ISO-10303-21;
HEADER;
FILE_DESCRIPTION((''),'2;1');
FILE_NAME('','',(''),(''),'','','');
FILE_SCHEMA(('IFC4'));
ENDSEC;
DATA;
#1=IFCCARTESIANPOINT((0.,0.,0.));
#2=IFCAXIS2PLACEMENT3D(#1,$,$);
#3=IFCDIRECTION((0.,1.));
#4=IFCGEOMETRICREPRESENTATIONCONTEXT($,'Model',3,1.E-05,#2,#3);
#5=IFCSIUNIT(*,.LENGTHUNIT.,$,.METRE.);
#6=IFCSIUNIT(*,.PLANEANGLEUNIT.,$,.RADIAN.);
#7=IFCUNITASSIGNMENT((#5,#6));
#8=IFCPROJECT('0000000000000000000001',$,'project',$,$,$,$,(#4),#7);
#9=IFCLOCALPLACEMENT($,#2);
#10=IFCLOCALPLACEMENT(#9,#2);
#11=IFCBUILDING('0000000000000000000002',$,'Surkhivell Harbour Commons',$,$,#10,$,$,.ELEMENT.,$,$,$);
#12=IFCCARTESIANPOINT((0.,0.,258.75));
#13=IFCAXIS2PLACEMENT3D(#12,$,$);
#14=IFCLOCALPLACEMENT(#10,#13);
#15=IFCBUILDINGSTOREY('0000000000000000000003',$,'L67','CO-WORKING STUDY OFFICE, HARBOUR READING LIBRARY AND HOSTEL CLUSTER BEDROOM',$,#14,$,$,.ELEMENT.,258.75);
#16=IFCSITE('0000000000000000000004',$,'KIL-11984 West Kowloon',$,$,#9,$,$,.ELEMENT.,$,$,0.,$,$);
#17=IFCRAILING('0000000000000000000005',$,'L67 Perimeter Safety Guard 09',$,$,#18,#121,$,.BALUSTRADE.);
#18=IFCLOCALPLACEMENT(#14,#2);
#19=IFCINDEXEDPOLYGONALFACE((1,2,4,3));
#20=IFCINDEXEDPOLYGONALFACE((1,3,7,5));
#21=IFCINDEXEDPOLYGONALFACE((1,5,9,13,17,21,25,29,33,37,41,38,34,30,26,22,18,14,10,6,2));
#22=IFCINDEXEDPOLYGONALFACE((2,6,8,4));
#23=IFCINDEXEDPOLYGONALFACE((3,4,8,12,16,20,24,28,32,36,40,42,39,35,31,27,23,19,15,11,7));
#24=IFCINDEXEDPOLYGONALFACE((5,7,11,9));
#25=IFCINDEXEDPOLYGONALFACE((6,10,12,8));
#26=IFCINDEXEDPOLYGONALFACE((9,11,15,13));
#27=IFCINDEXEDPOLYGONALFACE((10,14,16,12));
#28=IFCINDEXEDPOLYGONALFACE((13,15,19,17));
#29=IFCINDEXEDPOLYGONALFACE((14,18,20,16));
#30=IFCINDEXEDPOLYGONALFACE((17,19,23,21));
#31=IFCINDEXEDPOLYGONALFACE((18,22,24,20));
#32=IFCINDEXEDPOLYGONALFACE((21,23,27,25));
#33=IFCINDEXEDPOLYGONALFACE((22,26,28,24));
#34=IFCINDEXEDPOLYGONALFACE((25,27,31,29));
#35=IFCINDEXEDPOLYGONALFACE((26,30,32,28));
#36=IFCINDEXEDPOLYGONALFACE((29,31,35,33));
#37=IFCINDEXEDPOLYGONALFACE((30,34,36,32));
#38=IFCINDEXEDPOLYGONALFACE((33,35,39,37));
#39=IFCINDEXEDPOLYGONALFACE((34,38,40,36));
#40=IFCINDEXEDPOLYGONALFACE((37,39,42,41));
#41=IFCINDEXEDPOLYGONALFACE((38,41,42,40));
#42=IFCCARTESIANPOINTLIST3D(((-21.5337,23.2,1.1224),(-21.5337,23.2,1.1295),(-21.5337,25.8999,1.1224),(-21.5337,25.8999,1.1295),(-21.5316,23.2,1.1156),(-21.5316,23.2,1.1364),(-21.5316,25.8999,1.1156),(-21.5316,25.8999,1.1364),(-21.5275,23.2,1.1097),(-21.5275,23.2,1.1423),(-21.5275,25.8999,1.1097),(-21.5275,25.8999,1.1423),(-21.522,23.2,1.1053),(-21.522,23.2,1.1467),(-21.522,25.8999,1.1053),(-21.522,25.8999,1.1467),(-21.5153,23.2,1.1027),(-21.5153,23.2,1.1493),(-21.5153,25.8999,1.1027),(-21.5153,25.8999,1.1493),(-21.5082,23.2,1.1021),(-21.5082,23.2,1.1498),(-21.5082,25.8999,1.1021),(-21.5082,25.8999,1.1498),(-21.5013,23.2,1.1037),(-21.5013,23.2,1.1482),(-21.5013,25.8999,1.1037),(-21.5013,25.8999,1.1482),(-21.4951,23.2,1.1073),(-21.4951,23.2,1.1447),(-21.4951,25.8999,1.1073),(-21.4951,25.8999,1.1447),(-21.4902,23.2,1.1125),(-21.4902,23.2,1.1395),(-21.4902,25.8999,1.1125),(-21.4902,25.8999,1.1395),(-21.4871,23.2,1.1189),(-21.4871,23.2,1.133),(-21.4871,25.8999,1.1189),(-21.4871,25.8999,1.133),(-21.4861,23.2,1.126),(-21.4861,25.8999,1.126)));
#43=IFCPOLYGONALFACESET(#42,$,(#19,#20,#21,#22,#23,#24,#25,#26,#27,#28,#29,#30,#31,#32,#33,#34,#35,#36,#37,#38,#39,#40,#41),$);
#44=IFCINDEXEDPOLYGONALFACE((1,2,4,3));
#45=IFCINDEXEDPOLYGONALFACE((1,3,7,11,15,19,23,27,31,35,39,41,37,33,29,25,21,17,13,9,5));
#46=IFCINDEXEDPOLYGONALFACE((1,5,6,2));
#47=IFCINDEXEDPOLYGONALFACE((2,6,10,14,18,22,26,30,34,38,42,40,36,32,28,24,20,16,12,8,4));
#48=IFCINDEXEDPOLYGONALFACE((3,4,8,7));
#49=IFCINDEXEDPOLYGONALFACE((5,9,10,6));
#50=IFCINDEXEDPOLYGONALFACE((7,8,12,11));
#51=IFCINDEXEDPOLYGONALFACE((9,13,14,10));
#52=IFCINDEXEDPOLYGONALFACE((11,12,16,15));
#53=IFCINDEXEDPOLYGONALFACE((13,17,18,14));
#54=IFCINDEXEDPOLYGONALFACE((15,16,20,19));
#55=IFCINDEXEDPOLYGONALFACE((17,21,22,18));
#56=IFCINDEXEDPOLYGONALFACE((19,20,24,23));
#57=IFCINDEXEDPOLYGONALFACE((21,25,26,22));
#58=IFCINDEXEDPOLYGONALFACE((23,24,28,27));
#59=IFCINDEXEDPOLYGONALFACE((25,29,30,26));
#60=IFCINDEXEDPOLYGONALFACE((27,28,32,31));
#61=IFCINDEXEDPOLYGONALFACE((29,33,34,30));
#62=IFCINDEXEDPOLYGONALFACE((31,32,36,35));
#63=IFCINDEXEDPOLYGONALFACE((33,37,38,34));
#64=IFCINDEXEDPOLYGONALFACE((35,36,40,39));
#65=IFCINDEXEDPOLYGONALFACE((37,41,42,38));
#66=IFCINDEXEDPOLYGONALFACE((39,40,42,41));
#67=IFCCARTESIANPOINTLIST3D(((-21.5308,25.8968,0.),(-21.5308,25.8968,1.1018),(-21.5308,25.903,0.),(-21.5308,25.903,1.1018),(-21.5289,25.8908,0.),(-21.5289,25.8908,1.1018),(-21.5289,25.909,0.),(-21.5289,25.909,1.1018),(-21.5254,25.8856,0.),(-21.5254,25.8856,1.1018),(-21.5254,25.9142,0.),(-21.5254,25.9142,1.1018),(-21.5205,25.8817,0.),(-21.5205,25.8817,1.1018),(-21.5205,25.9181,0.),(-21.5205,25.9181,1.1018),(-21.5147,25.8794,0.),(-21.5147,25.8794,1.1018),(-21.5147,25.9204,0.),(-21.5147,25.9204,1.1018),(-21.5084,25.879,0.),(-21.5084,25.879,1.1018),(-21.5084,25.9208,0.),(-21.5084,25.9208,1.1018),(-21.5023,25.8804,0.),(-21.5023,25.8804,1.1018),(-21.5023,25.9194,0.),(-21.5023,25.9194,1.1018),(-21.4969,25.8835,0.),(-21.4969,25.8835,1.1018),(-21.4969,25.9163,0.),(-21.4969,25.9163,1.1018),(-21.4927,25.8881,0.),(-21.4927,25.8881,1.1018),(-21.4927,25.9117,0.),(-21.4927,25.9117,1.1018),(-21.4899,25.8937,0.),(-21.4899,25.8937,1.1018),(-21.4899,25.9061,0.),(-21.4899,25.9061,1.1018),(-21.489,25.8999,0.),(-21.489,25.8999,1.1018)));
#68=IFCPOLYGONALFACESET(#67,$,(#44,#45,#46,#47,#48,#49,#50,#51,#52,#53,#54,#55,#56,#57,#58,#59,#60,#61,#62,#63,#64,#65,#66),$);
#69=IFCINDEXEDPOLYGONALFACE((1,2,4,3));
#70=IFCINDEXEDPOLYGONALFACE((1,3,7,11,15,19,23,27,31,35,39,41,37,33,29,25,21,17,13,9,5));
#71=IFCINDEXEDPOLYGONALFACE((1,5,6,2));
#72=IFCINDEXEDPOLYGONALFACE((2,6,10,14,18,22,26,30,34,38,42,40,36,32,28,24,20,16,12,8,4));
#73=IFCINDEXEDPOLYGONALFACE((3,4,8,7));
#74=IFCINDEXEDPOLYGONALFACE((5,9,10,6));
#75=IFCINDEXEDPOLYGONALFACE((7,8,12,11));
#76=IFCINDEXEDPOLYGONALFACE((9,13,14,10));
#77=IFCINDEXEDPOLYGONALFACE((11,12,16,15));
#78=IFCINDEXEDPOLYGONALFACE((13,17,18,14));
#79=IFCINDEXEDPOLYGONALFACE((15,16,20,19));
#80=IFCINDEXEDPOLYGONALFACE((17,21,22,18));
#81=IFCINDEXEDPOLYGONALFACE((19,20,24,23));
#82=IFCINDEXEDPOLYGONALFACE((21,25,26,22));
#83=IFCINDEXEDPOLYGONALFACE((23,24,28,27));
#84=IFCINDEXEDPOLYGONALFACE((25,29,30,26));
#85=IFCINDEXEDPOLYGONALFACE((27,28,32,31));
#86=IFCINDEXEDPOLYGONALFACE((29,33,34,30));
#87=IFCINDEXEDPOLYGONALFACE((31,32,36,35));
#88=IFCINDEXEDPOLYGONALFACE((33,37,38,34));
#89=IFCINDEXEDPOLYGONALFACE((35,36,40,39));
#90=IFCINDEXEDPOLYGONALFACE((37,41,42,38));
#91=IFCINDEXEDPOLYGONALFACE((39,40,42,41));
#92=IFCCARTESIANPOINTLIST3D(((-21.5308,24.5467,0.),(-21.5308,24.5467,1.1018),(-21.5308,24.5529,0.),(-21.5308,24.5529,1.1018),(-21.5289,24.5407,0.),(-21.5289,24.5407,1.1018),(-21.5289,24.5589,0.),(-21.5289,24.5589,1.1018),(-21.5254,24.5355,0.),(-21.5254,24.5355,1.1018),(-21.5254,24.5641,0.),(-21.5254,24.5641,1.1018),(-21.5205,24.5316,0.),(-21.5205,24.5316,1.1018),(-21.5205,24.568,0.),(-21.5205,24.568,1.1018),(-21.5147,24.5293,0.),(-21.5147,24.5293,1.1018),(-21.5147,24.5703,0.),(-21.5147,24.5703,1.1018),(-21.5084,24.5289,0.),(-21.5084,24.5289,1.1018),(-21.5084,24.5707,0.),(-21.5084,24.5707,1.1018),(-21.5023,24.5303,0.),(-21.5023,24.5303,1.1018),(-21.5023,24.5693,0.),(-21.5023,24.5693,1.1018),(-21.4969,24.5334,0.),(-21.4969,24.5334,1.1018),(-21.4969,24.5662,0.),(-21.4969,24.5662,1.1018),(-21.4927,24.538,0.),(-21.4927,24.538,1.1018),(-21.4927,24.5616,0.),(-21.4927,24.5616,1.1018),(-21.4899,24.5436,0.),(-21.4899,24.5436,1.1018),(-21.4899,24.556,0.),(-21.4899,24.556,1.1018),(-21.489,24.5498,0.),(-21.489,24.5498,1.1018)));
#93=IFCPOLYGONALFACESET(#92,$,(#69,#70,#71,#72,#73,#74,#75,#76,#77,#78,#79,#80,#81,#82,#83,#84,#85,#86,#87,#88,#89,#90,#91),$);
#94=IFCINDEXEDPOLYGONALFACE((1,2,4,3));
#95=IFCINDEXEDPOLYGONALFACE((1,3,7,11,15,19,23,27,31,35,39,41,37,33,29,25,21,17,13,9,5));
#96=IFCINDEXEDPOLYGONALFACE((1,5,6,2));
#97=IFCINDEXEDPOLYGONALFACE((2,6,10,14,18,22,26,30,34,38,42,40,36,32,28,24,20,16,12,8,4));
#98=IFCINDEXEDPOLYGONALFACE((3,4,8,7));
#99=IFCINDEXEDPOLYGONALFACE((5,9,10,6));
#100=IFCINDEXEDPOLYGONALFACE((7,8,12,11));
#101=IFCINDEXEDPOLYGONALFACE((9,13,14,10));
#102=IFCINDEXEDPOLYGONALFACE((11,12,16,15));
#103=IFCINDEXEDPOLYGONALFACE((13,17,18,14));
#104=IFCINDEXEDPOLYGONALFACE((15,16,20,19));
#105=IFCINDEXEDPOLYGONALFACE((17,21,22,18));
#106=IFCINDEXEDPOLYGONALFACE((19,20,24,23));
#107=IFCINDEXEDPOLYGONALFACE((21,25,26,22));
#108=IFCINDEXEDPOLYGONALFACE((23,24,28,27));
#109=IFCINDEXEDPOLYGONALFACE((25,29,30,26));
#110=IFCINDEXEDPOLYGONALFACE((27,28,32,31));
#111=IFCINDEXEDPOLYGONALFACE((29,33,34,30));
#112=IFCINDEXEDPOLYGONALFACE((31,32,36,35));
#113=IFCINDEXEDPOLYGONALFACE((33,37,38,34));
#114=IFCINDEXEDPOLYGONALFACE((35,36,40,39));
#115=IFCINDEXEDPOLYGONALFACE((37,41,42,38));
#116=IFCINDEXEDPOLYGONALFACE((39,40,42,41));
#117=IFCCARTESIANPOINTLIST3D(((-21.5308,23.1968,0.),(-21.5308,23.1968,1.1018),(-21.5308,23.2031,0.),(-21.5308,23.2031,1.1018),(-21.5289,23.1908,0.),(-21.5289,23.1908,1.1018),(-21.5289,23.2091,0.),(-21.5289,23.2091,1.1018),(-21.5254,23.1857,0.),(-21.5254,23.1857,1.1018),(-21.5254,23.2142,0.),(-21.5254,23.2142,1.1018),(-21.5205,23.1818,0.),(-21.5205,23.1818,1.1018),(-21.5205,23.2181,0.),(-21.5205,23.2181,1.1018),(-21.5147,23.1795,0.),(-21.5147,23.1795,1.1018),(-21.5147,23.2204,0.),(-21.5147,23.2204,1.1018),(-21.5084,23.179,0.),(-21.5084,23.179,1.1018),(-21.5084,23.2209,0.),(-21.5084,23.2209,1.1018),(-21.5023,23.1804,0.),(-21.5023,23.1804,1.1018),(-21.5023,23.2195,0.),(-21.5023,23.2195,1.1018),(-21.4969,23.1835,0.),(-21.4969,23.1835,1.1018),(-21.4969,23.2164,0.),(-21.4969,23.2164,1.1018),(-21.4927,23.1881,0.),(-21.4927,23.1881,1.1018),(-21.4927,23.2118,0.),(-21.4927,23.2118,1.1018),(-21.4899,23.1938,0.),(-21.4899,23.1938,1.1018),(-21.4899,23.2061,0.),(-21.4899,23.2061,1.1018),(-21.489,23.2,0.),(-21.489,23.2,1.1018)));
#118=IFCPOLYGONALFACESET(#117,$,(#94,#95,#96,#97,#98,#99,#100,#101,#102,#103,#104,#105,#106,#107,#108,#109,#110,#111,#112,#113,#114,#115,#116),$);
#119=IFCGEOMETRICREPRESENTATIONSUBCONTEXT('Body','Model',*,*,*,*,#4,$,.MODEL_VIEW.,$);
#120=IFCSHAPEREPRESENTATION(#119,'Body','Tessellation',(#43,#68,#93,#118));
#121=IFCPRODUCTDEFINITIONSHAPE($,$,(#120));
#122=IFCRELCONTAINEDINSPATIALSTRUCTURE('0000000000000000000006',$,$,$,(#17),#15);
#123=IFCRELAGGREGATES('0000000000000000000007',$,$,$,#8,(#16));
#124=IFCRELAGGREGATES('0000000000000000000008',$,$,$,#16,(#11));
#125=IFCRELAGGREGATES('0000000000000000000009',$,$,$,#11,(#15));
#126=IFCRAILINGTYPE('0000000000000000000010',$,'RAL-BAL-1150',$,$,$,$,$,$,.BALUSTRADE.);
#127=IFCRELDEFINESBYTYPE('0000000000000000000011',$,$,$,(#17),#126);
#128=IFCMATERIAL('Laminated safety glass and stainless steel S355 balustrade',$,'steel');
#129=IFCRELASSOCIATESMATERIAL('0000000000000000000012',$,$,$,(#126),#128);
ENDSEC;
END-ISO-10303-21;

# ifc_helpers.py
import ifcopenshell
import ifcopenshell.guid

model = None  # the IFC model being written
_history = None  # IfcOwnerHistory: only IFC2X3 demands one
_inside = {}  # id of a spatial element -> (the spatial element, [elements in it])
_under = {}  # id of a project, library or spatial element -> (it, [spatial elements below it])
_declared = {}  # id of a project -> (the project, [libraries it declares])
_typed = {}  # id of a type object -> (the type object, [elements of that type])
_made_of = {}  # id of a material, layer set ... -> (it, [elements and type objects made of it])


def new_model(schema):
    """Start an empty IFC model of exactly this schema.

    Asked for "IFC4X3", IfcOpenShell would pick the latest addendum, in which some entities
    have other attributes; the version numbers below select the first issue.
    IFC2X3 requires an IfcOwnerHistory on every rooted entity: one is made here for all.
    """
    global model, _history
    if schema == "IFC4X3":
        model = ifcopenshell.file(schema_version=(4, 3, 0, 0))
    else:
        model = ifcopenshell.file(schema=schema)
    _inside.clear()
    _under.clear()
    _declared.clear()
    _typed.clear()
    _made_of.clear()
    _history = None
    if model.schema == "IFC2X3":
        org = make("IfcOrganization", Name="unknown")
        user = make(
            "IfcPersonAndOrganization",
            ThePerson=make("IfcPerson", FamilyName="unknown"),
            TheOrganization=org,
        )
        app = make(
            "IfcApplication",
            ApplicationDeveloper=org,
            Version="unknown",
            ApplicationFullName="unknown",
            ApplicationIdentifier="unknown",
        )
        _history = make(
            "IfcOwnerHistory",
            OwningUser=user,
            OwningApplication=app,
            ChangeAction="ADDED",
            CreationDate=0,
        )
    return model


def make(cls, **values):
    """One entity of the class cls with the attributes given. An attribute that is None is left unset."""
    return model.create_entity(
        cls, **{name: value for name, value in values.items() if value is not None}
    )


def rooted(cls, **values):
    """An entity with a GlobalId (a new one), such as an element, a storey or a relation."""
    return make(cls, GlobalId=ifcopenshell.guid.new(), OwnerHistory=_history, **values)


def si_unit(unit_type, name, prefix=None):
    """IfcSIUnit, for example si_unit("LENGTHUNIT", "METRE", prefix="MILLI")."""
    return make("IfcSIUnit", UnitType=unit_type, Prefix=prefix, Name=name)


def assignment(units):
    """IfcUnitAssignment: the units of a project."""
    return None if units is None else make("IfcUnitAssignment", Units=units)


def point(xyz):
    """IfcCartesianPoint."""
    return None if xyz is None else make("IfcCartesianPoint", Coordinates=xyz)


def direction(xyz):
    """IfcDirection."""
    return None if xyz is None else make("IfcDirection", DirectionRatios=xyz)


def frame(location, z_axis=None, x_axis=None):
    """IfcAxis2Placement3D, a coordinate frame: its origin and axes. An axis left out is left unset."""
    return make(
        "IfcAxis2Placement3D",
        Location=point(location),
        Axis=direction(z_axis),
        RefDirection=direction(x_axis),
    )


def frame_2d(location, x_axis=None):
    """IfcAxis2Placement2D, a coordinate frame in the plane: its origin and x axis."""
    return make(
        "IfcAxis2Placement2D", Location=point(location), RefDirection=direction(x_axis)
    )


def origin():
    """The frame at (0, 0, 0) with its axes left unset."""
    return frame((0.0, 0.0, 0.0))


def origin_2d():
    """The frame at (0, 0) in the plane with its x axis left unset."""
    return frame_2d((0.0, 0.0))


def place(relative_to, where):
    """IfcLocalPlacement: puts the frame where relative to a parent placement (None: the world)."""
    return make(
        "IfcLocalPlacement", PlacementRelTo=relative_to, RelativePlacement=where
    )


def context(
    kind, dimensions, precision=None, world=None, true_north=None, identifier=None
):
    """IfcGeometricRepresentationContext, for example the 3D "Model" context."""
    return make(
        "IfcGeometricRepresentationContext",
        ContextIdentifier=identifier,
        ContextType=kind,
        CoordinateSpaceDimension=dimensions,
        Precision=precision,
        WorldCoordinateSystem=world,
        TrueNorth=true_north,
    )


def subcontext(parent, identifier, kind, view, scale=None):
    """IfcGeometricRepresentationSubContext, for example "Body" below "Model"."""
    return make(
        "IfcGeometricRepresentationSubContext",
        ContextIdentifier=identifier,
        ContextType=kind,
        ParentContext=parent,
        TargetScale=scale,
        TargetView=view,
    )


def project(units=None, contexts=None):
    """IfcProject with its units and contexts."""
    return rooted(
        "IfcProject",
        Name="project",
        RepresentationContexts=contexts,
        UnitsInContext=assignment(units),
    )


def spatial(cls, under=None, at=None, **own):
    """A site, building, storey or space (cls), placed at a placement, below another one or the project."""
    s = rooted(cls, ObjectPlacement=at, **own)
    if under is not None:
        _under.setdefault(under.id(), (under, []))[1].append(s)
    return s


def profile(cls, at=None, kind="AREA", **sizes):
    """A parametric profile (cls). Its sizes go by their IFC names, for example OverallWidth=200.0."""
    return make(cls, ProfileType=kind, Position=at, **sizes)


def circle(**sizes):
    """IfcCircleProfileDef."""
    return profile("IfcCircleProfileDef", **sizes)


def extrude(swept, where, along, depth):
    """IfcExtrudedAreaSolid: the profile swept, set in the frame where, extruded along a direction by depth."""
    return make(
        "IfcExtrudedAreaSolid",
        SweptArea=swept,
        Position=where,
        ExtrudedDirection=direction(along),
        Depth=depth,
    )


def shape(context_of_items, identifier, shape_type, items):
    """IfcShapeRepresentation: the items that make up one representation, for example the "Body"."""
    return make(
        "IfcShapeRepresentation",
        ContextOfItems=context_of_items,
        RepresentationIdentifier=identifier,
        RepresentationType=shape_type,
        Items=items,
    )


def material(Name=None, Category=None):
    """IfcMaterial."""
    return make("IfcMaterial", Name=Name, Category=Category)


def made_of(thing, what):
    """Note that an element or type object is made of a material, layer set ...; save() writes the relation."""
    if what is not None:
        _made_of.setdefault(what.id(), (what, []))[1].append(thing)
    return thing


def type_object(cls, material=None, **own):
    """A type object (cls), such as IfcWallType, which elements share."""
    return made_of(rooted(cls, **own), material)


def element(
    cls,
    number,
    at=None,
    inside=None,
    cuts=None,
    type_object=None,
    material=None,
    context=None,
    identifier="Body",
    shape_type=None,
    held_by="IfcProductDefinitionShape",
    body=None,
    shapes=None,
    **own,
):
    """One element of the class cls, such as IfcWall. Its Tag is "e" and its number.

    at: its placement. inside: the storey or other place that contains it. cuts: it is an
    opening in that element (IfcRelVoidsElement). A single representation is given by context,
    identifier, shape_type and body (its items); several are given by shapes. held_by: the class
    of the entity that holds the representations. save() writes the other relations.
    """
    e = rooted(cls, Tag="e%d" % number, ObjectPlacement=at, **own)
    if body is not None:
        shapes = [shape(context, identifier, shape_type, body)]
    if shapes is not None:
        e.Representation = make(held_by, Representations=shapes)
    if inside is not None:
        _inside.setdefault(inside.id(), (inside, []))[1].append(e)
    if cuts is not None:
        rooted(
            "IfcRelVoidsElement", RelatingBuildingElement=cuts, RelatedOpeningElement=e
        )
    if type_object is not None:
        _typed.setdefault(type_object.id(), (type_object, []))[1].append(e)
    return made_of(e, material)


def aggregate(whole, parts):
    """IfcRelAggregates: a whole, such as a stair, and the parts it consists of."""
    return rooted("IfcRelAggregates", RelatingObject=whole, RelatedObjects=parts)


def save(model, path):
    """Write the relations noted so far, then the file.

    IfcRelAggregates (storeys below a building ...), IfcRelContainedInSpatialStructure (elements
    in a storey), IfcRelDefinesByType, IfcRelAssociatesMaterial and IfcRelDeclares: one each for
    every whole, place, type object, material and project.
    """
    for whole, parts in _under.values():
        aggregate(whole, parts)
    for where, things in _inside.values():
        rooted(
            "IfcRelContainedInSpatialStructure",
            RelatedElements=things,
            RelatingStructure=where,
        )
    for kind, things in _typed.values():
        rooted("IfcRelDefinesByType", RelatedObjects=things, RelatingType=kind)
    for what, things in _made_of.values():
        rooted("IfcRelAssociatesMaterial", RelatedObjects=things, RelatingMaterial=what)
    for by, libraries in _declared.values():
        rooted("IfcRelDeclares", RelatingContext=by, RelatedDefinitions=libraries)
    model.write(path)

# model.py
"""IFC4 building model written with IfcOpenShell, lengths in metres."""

from ifc_helpers import new_model, si_unit, direction, frame, origin, origin_2d, place, context, subcontext, project, spatial, circle, extrude, material, type_object, element, save


model = new_model("IFC4")

# Units and contexts
model_context = context("Model", 3, precision=1e-05, world=origin(), true_north=direction((0.0, 1.0)))
body_context = subcontext(model_context, "Body", "Model", "MODEL_VIEW")
ifc_project = project(units=[si_unit("LENGTHUNIT", "METRE"), si_unit("PLANEANGLEUNIT", "RADIAN")], contexts=[model_context])

# Site, building, storey
site_placement = place(None, origin())
site = spatial("IfcSite", under=ifc_project, at=site_placement, Name="KIL-11984 West Kowloon", CompositionType="ELEMENT", RefElevation=0.0)
building_placement = place(site_placement, origin())
building = spatial("IfcBuilding", under=site, at=building_placement, Name="Surkhivell Harbour Commons", CompositionType="ELEMENT")
storey_placement = place(building_placement, frame((0.0, 0.0, 258.75)))
storey = spatial("IfcBuildingStorey", under=building, at=storey_placement, Name="L67", Description="CO-WORKING STUDY OFFICE, HARBOUR READING LIBRARY AND HOSTEL CLUSTER BEDROOM", CompositionType="ELEMENT", Elevation=258.75)

# Railing
ifc_material_1 = material(Name="Laminated safety glass and stainless steel S355 balustrade", Category="steel")
railing_type = type_object("IfcRailingType", Name="RAL-BAL-1150", PredefinedType="BALUSTRADE", material=ifc_material_1)
railing_placement = place(storey_placement, frame((-21.51, 25.8999, 0.0)))
element("IfcRailing", 1, at=railing_placement, inside=storey, type_object=railing_type, Name="L67 Perimeter Safety Guard 09", PredefinedType="BALUSTRADE", context=body_context, shape_type="SweptSolid", body=[
    extrude(circle(Radius=0.0239, at=origin_2d()), frame((0.0, 0.0, 1.126), z_axis=(0.0, -1.0, 0.0), x_axis=(1.0, 0.0, 0.0)), (0.0, 0.0, 1.0), 2.7),
    extrude(circle(Radius=0.021, at=origin_2d()), origin(), (0.0, 0.0, 1.0), 1.1018),
    extrude(circle(Radius=0.021, at=origin_2d()), frame((0.0, -1.3501, 0.0)), (0.0, 0.0, 1.0), 1.1018),
    extrude(circle(Radius=0.021, at=origin_2d()), frame((0.0, -2.7, 0.0)), (0.0, 0.0, 1.0), 1.1018),
])

save(model, "model.ifc")
